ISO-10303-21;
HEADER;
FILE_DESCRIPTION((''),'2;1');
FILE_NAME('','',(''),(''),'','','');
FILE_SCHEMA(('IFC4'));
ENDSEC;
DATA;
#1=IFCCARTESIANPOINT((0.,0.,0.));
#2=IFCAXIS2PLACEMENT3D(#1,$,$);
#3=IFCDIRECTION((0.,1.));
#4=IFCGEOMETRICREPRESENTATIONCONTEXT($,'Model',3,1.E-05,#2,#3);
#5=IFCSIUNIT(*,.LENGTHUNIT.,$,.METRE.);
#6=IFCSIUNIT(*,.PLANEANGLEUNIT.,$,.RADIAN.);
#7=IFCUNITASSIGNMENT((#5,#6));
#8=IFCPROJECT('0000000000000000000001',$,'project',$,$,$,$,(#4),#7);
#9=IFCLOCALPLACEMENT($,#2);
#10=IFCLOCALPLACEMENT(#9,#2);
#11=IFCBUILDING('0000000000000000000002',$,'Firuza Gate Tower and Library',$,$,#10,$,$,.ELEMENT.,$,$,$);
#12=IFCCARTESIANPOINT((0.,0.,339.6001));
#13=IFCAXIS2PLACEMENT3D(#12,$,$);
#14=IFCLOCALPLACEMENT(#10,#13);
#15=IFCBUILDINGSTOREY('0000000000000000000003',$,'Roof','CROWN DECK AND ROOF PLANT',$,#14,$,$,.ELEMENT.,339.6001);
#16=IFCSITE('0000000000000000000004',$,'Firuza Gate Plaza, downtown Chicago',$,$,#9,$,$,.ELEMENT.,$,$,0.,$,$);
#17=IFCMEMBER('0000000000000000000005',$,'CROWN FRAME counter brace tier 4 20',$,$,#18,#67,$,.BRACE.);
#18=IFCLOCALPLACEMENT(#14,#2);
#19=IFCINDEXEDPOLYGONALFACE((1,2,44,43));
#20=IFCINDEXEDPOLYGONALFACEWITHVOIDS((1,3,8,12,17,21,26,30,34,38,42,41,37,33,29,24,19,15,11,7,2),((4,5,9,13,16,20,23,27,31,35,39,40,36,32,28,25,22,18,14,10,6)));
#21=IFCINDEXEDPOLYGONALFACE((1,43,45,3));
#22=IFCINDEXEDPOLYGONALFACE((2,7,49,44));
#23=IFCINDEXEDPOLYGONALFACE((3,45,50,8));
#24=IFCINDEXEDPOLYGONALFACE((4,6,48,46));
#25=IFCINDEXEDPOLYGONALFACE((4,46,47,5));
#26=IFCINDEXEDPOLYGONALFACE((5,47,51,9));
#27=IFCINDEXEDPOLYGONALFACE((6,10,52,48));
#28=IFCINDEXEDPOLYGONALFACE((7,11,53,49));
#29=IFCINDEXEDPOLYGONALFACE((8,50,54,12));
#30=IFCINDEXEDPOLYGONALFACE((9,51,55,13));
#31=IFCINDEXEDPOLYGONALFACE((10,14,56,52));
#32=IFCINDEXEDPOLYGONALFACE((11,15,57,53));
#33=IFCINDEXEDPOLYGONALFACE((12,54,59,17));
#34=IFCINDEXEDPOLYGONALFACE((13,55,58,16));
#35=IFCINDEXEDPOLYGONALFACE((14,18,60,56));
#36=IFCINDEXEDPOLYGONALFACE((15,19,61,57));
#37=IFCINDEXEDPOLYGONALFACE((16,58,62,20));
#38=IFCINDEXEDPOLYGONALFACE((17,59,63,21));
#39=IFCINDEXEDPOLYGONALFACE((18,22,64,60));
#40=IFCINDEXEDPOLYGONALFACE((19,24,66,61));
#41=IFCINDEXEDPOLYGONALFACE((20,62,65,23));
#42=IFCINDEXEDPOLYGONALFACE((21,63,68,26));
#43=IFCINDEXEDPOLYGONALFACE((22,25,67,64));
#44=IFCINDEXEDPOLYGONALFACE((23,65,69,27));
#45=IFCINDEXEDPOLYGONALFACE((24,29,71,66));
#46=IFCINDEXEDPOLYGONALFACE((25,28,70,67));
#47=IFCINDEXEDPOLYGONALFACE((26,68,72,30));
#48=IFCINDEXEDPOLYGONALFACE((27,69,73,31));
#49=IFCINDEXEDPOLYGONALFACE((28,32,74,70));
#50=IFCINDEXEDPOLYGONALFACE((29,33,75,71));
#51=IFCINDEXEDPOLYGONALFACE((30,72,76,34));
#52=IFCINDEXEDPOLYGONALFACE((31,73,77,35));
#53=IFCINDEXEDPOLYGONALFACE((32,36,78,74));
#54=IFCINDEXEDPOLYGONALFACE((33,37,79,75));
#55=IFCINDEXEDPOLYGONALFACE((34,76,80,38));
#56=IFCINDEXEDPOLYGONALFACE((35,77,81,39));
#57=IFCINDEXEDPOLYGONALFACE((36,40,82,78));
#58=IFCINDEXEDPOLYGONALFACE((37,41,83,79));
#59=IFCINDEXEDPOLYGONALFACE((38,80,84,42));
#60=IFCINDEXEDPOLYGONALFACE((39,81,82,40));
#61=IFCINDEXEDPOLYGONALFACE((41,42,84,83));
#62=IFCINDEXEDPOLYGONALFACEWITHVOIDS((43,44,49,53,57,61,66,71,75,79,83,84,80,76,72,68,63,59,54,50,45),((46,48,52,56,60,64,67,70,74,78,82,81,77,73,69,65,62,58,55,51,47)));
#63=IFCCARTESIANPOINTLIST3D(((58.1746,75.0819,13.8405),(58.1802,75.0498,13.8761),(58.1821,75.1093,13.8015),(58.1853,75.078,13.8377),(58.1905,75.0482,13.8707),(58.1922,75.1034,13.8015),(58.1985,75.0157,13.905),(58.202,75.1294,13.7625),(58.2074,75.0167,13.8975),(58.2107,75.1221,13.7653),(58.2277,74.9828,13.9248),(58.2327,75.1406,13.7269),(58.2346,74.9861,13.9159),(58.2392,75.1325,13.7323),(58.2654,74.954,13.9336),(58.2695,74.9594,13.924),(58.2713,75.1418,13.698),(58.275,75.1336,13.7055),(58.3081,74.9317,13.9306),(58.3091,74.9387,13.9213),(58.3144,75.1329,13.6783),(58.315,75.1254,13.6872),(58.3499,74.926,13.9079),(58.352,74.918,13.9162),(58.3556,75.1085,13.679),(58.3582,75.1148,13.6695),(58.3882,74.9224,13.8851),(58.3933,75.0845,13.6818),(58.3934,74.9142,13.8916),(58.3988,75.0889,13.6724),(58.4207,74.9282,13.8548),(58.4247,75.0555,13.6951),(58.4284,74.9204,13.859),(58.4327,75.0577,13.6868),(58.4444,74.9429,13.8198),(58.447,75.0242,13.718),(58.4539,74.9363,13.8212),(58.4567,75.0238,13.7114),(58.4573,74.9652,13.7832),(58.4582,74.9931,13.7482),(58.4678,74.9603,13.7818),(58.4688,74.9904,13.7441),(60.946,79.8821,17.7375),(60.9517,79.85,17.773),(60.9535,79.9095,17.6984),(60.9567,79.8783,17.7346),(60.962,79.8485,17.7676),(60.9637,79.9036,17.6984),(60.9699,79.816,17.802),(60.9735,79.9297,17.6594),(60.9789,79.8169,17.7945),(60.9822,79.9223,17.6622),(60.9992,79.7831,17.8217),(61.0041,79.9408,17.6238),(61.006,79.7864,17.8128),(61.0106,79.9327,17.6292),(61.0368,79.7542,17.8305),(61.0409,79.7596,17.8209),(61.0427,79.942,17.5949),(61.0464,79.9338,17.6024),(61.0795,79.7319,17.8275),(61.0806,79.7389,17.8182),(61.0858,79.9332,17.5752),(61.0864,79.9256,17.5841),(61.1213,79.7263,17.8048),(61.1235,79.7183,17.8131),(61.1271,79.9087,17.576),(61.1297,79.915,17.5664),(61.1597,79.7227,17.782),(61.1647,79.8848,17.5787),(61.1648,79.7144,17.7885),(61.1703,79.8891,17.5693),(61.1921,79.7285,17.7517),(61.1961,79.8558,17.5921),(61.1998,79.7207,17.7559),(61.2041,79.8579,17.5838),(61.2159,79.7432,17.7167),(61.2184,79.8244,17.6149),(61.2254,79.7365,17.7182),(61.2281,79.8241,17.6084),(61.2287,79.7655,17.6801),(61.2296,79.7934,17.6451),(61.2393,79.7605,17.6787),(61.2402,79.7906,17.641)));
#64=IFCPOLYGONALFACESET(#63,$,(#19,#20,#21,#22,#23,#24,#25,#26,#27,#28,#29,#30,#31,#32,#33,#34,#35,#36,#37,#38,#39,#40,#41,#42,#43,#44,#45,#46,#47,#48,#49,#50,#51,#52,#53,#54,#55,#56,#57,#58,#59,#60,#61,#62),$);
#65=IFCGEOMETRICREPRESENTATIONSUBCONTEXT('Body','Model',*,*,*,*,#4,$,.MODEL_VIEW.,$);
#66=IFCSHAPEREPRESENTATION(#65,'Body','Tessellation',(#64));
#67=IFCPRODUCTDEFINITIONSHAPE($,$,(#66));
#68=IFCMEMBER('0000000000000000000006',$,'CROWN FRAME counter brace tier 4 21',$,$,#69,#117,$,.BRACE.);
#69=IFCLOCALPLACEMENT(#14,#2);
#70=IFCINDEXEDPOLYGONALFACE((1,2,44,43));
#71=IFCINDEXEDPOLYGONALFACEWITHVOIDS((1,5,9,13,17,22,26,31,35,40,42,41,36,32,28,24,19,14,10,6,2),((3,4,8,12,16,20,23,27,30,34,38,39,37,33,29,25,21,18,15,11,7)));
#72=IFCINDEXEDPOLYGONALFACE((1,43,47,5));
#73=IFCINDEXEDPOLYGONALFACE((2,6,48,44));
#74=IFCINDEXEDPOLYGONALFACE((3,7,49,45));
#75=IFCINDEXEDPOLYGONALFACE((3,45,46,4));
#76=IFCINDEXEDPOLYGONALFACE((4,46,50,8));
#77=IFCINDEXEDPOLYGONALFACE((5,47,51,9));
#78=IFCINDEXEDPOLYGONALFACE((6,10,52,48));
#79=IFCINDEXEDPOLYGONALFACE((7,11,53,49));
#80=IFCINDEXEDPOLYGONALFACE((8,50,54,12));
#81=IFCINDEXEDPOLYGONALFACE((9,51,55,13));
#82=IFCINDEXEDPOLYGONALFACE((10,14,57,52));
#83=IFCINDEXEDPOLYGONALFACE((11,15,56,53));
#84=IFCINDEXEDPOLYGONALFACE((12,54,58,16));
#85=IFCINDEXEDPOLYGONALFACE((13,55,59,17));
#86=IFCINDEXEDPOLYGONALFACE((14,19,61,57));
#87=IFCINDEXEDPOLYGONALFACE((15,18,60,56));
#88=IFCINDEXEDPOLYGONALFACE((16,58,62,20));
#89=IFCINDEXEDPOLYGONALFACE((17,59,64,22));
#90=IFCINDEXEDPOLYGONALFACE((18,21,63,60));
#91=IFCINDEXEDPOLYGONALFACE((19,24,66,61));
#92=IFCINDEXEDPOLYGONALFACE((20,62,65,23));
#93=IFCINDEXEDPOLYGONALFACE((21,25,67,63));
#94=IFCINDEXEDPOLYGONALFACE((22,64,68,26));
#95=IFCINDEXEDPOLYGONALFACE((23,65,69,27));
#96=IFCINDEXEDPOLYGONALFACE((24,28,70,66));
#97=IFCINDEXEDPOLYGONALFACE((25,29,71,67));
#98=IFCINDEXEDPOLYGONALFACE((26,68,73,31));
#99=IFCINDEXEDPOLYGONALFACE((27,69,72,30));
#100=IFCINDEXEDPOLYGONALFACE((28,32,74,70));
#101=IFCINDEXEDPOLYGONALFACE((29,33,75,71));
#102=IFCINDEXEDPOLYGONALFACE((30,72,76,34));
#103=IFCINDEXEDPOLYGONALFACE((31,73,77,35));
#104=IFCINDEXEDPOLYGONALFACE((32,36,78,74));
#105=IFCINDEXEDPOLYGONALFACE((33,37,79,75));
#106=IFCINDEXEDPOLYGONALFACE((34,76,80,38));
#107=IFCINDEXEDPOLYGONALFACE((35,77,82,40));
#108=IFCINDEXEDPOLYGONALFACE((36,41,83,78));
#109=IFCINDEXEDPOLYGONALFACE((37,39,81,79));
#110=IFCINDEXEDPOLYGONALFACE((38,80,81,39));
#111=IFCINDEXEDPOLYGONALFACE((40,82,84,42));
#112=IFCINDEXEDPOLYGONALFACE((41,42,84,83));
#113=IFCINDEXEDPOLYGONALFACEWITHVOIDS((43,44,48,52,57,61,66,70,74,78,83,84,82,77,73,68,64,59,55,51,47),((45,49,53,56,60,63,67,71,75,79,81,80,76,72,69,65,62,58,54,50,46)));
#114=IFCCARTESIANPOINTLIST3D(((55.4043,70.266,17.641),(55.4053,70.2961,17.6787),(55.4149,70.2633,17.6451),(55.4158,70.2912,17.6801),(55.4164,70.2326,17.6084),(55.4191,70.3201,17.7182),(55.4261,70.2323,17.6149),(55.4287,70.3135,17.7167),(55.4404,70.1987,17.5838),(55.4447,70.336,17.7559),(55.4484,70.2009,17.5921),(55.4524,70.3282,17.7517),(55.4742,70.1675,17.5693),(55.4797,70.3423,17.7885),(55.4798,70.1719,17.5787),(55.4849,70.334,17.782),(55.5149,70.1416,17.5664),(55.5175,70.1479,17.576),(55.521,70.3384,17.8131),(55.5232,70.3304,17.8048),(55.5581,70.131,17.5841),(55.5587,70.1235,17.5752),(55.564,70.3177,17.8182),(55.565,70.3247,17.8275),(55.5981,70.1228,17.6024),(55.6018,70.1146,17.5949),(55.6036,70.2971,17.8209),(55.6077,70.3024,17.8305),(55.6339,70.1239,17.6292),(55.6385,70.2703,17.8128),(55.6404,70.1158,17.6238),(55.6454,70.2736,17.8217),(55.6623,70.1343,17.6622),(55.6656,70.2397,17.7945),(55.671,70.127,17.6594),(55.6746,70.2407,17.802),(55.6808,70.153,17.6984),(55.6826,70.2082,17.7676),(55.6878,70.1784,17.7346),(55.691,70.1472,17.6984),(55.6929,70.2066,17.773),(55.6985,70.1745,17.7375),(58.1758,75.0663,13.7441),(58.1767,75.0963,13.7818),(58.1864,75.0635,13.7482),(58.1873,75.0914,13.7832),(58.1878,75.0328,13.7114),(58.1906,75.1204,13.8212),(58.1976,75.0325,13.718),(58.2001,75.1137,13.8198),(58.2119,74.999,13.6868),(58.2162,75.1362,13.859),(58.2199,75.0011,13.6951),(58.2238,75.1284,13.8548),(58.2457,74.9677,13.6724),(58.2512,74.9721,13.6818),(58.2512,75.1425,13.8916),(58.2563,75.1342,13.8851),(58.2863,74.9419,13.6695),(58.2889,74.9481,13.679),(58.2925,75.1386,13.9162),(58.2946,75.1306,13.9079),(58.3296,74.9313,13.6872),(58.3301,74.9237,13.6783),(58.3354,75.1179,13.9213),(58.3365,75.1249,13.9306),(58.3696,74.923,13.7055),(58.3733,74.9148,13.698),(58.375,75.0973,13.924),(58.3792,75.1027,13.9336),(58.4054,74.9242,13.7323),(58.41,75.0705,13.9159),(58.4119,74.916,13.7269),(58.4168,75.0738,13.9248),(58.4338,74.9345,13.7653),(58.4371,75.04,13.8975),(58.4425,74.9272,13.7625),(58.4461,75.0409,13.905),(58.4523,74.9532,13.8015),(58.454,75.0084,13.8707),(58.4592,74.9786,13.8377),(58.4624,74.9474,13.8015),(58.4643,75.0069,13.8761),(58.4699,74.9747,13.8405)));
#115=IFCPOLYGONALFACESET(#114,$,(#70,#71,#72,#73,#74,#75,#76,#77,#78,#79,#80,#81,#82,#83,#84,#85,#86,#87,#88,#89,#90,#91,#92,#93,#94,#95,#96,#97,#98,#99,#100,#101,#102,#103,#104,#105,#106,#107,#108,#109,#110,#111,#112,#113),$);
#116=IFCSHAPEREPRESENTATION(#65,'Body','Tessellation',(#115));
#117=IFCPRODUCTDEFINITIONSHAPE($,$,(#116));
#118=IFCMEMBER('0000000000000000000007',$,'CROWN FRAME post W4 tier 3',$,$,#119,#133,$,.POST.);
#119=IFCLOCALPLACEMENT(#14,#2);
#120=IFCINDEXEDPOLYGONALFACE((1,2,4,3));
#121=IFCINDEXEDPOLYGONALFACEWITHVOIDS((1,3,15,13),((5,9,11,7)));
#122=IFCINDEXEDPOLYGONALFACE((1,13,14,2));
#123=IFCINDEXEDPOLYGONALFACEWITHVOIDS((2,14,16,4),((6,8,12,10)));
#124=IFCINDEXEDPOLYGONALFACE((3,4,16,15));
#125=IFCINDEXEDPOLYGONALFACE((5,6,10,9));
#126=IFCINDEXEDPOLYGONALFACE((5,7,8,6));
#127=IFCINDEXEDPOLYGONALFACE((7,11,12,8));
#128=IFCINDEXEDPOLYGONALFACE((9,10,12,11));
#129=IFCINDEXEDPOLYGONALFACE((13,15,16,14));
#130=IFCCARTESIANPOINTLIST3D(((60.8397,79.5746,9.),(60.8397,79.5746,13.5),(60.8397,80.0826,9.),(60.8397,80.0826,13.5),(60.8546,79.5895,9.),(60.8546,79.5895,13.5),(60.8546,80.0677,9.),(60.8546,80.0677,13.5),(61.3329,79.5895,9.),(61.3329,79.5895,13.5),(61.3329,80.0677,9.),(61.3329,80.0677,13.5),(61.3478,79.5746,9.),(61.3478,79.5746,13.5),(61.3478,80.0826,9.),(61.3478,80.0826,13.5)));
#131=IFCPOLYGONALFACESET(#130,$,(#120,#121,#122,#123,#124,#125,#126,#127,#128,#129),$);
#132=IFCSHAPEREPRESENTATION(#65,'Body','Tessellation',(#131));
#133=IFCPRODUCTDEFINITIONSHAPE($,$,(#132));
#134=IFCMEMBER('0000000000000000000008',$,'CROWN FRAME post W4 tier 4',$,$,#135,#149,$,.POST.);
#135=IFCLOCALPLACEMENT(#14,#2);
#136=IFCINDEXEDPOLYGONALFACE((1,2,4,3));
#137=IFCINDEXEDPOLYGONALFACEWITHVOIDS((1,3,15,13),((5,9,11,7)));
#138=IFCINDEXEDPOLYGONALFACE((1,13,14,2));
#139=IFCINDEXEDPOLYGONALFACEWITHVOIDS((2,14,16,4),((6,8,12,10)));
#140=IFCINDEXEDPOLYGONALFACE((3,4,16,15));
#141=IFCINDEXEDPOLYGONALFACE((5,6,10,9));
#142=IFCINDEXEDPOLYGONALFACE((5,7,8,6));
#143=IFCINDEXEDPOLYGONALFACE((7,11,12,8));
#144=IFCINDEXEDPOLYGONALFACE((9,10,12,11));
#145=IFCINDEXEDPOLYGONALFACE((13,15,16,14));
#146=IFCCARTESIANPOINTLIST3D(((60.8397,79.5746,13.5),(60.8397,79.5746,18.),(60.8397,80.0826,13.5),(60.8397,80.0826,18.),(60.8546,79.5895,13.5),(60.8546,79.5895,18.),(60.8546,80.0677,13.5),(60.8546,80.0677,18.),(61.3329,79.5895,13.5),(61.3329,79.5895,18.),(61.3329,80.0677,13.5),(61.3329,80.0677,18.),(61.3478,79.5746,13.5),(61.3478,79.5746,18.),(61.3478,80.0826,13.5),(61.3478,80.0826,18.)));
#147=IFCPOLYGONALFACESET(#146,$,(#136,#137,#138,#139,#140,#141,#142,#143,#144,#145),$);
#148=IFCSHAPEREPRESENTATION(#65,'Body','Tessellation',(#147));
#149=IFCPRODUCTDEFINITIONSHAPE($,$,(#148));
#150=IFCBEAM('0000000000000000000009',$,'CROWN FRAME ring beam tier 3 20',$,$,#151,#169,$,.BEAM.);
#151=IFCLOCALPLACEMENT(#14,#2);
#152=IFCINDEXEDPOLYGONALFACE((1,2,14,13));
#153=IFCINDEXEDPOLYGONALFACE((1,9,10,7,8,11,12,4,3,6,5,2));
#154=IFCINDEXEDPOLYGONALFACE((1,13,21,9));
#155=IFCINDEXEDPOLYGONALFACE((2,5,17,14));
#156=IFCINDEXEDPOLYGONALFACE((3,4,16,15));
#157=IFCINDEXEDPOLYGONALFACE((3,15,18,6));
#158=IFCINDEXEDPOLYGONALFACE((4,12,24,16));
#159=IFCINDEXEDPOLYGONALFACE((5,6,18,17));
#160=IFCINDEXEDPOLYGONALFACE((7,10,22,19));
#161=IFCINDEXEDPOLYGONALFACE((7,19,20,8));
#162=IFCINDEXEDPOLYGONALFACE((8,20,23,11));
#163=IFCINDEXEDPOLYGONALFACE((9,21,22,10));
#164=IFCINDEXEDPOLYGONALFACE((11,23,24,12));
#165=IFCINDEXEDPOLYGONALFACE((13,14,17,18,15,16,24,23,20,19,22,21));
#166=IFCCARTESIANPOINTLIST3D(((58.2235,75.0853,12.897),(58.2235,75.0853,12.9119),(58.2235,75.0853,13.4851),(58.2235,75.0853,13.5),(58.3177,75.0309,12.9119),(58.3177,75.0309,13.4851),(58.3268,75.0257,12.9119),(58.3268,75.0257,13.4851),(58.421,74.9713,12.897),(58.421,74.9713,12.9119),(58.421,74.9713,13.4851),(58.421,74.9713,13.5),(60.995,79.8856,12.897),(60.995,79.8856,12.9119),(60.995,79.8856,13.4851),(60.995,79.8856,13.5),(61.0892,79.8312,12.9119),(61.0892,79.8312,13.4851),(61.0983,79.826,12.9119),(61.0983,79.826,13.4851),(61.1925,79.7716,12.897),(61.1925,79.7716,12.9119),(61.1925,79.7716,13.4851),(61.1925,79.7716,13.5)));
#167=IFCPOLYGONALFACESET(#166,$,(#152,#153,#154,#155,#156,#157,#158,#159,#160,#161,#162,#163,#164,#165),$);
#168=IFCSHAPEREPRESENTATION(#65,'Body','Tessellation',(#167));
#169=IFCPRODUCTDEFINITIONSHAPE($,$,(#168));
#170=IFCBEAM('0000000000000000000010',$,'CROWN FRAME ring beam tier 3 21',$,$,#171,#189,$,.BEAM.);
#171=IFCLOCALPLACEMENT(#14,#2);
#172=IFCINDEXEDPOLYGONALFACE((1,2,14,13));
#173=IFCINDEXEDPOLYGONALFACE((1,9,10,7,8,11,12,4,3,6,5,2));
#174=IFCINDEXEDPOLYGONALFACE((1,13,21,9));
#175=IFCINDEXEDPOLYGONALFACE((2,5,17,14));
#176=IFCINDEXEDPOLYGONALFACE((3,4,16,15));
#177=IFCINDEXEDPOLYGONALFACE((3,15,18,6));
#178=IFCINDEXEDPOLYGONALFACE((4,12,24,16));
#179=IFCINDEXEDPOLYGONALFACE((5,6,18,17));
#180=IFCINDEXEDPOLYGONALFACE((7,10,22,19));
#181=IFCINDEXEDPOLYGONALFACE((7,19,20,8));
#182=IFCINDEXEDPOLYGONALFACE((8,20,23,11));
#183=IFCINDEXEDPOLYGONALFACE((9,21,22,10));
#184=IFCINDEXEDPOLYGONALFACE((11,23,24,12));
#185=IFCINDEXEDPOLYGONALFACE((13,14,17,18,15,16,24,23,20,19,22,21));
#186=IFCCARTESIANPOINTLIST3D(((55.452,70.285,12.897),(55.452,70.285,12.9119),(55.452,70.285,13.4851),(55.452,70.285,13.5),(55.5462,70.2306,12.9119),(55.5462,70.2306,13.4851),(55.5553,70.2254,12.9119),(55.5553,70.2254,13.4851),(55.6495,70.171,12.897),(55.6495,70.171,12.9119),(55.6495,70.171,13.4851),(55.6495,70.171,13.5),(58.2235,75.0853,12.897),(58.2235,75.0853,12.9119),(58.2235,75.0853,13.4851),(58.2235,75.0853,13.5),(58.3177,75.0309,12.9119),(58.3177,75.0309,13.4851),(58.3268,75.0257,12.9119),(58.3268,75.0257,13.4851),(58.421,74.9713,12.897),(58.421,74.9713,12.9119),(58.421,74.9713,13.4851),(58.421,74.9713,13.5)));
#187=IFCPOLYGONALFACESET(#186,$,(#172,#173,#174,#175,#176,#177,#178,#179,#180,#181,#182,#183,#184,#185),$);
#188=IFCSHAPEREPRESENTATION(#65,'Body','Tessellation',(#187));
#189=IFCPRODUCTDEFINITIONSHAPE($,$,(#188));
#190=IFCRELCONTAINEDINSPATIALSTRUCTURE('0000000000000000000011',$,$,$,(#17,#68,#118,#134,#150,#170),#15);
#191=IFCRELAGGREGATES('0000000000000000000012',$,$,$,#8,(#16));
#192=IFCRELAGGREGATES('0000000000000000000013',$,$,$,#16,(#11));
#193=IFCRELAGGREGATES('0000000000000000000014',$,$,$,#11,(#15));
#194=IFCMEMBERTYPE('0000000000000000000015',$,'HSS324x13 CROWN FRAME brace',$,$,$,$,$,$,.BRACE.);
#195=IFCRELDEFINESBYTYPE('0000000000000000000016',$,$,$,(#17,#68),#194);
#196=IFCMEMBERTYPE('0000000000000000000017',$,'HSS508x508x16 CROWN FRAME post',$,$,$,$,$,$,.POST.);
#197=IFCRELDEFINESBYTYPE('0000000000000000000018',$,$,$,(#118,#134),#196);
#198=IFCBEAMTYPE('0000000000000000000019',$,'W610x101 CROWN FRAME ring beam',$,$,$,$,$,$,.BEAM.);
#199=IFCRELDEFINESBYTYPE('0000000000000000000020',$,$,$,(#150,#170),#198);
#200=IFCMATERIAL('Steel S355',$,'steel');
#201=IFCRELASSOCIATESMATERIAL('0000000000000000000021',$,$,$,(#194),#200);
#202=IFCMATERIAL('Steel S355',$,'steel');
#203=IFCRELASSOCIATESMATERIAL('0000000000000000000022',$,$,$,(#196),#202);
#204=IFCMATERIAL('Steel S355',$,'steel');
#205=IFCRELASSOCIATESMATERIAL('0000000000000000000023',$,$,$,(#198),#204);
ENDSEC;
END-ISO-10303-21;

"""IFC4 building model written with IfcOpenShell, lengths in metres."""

from ifc_helpers import new_model, si_unit, direction, frame, origin, origin_2d, place, context, subcontext, project, spatial, hollow_rectangle, hollow_circle, i_section, extrude, material, material_profile, profile_set, type_object, element, save


model = new_model("IFC4")

# Units and contexts
model_context = context("Model", 3, precision=1e-05, world=origin(), true_north=direction((0.0, 1.0)))
body_context = subcontext(model_context, "Body", "Model", "MODEL_VIEW")
ifc_project = project(units=[si_unit("LENGTHUNIT", "METRE"), si_unit("PLANEANGLEUNIT", "RADIAN")], contexts=[model_context])

# Site, building, storey
site_placement = place(None, origin())
site = spatial("IfcSite", under=ifc_project, at=site_placement, Name="Firuza Gate Plaza, downtown Chicago", CompositionType="ELEMENT", RefElevation=0.0)
building_placement = place(site_placement, origin())
building = spatial("IfcBuilding", under=site, at=building_placement, Name="Firuza Gate Tower and Library", CompositionType="ELEMENT")
storey_placement = place(building_placement, frame((0.0, 0.0, 339.6001)))
storey = spatial("IfcBuildingStorey", under=building, at=storey_placement, Name="Roof", Description="CROWN DECK AND ROOF PLANT", CompositionType="ELEMENT", Elevation=339.6001)

# Members
ifc_material_1 = material(Name="Steel S355", Category="steel")
ifc_material_profile_1 = material_profile(ifc_material_1, hollow_circle(Radius=0.1619, WallThickness=0.0117, at=origin_2d()))
ifc_profile_set_1 = profile_set([ifc_material_profile_1], Name="Steel S355")
member_type_1 = type_object("IfcMemberType", Name="HSS324x13 CROWN FRAME brace", PredefinedType="BRACE", material=ifc_profile_set_1)
for number, where, z_axis, x_axis, name in (
    (1, (58.3223, 75.0283, 13.8015), (0.409032, 0.708455, 0.575138), (-0.866023, 0.500005, 0.0), "CROWN FRAME counter brace tier 4 20"),
    (2, (58.3223, 75.0283, 13.8015), (-0.409032, -0.708455, 0.575138), (0.866023, -0.500005, 0.0), "CROWN FRAME counter brace tier 4 21"),
):
    element("IfcMember", number, at=place(storey_placement, frame(where, z_axis=z_axis, x_axis=x_axis)), inside=storey, type_object=member_type_1, Name=name, PredefinedType="BRACE", context=body_context, shape_type="SweptSolid", body=[
        extrude(hollow_circle(Radius=0.1619, WallThickness=0.0117, at=origin_2d()), origin(), (0.0, 0.0, 1.0), 6.7756),
    ])
ifc_material_2 = material(Name="Steel S355", Category="steel")
ifc_material_profile_2 = material_profile(ifc_material_2, hollow_rectangle(XDim=0.5081, YDim=0.5081, WallThickness=0.0149, at=origin_2d()))
ifc_profile_set_2 = profile_set([ifc_material_profile_2], Name="Steel S355")
member_type_2 = type_object("IfcMemberType", Name="HSS508x508x16 CROWN FRAME post", PredefinedType="POST", material=ifc_profile_set_2)
for number, where, z_axis, x_axis, name in (
    (3, (61.0938, 79.8286, 9.0), (0.0, 0.0, 1.0), (1.0, 0.0, 0.0), "CROWN FRAME post W4 tier 3"),
    (4, (61.0938, 79.8286, 13.5), (0.0, 0.0, 1.0), (1.0, 0.0, 0.0), "CROWN FRAME post W4 tier 4"),
):
    element("IfcMember", number, at=place(storey_placement, frame(where, z_axis=z_axis, x_axis=x_axis)), inside=storey, type_object=member_type_2, Name=name, PredefinedType="POST", context=body_context, shape_type="SweptSolid", body=[
        extrude(hollow_rectangle(XDim=0.5081, YDim=0.5081, WallThickness=0.0149, at=origin_2d()), origin(), (0.0, 0.0, 1.0), 4.5),
    ])

# Beams
ifc_material_3 = material(Name="Steel S355", Category="steel")
ifc_material_profile_3 = material_profile(ifc_material_3, i_section(OverallWidth=0.228, OverallDepth=0.603, WebThickness=0.0105, FlangeThickness=0.0149, at=origin_2d()))
ifc_profile_set_3 = profile_set([ifc_material_profile_3], Name="Steel S355")
beam_type = type_object("IfcBeamType", Name="W610x101 CROWN FRAME ring beam", PredefinedType="BEAM", material=ifc_profile_set_3)
for number, where, z_axis, x_axis, name in (
    (5, (61.0938, 79.8286, 13.1985), (-0.500005, -0.866023, 0.0), (0.866023, -0.500005, 0.0), "CROWN FRAME ring beam tier 3 20"),
    (6, (58.3223, 75.0283, 13.1985), (-0.500005, -0.866023, 0.0), (0.866023, -0.500005, 0.0), "CROWN FRAME ring beam tier 3 21"),
):
    element("IfcBeam", number, at=place(storey_placement, frame(where, z_axis=z_axis, x_axis=x_axis)), inside=storey, type_object=beam_type, Name=name, PredefinedType="BEAM", context=body_context, shape_type="SweptSolid", body=[
        extrude(i_section(OverallWidth=0.228, OverallDepth=0.603, WebThickness=0.0105, FlangeThickness=0.0149, at=origin_2d()), origin(), (0.0, 0.0, 1.0), 5.543),
    ])

save(model, "model.ifc")
